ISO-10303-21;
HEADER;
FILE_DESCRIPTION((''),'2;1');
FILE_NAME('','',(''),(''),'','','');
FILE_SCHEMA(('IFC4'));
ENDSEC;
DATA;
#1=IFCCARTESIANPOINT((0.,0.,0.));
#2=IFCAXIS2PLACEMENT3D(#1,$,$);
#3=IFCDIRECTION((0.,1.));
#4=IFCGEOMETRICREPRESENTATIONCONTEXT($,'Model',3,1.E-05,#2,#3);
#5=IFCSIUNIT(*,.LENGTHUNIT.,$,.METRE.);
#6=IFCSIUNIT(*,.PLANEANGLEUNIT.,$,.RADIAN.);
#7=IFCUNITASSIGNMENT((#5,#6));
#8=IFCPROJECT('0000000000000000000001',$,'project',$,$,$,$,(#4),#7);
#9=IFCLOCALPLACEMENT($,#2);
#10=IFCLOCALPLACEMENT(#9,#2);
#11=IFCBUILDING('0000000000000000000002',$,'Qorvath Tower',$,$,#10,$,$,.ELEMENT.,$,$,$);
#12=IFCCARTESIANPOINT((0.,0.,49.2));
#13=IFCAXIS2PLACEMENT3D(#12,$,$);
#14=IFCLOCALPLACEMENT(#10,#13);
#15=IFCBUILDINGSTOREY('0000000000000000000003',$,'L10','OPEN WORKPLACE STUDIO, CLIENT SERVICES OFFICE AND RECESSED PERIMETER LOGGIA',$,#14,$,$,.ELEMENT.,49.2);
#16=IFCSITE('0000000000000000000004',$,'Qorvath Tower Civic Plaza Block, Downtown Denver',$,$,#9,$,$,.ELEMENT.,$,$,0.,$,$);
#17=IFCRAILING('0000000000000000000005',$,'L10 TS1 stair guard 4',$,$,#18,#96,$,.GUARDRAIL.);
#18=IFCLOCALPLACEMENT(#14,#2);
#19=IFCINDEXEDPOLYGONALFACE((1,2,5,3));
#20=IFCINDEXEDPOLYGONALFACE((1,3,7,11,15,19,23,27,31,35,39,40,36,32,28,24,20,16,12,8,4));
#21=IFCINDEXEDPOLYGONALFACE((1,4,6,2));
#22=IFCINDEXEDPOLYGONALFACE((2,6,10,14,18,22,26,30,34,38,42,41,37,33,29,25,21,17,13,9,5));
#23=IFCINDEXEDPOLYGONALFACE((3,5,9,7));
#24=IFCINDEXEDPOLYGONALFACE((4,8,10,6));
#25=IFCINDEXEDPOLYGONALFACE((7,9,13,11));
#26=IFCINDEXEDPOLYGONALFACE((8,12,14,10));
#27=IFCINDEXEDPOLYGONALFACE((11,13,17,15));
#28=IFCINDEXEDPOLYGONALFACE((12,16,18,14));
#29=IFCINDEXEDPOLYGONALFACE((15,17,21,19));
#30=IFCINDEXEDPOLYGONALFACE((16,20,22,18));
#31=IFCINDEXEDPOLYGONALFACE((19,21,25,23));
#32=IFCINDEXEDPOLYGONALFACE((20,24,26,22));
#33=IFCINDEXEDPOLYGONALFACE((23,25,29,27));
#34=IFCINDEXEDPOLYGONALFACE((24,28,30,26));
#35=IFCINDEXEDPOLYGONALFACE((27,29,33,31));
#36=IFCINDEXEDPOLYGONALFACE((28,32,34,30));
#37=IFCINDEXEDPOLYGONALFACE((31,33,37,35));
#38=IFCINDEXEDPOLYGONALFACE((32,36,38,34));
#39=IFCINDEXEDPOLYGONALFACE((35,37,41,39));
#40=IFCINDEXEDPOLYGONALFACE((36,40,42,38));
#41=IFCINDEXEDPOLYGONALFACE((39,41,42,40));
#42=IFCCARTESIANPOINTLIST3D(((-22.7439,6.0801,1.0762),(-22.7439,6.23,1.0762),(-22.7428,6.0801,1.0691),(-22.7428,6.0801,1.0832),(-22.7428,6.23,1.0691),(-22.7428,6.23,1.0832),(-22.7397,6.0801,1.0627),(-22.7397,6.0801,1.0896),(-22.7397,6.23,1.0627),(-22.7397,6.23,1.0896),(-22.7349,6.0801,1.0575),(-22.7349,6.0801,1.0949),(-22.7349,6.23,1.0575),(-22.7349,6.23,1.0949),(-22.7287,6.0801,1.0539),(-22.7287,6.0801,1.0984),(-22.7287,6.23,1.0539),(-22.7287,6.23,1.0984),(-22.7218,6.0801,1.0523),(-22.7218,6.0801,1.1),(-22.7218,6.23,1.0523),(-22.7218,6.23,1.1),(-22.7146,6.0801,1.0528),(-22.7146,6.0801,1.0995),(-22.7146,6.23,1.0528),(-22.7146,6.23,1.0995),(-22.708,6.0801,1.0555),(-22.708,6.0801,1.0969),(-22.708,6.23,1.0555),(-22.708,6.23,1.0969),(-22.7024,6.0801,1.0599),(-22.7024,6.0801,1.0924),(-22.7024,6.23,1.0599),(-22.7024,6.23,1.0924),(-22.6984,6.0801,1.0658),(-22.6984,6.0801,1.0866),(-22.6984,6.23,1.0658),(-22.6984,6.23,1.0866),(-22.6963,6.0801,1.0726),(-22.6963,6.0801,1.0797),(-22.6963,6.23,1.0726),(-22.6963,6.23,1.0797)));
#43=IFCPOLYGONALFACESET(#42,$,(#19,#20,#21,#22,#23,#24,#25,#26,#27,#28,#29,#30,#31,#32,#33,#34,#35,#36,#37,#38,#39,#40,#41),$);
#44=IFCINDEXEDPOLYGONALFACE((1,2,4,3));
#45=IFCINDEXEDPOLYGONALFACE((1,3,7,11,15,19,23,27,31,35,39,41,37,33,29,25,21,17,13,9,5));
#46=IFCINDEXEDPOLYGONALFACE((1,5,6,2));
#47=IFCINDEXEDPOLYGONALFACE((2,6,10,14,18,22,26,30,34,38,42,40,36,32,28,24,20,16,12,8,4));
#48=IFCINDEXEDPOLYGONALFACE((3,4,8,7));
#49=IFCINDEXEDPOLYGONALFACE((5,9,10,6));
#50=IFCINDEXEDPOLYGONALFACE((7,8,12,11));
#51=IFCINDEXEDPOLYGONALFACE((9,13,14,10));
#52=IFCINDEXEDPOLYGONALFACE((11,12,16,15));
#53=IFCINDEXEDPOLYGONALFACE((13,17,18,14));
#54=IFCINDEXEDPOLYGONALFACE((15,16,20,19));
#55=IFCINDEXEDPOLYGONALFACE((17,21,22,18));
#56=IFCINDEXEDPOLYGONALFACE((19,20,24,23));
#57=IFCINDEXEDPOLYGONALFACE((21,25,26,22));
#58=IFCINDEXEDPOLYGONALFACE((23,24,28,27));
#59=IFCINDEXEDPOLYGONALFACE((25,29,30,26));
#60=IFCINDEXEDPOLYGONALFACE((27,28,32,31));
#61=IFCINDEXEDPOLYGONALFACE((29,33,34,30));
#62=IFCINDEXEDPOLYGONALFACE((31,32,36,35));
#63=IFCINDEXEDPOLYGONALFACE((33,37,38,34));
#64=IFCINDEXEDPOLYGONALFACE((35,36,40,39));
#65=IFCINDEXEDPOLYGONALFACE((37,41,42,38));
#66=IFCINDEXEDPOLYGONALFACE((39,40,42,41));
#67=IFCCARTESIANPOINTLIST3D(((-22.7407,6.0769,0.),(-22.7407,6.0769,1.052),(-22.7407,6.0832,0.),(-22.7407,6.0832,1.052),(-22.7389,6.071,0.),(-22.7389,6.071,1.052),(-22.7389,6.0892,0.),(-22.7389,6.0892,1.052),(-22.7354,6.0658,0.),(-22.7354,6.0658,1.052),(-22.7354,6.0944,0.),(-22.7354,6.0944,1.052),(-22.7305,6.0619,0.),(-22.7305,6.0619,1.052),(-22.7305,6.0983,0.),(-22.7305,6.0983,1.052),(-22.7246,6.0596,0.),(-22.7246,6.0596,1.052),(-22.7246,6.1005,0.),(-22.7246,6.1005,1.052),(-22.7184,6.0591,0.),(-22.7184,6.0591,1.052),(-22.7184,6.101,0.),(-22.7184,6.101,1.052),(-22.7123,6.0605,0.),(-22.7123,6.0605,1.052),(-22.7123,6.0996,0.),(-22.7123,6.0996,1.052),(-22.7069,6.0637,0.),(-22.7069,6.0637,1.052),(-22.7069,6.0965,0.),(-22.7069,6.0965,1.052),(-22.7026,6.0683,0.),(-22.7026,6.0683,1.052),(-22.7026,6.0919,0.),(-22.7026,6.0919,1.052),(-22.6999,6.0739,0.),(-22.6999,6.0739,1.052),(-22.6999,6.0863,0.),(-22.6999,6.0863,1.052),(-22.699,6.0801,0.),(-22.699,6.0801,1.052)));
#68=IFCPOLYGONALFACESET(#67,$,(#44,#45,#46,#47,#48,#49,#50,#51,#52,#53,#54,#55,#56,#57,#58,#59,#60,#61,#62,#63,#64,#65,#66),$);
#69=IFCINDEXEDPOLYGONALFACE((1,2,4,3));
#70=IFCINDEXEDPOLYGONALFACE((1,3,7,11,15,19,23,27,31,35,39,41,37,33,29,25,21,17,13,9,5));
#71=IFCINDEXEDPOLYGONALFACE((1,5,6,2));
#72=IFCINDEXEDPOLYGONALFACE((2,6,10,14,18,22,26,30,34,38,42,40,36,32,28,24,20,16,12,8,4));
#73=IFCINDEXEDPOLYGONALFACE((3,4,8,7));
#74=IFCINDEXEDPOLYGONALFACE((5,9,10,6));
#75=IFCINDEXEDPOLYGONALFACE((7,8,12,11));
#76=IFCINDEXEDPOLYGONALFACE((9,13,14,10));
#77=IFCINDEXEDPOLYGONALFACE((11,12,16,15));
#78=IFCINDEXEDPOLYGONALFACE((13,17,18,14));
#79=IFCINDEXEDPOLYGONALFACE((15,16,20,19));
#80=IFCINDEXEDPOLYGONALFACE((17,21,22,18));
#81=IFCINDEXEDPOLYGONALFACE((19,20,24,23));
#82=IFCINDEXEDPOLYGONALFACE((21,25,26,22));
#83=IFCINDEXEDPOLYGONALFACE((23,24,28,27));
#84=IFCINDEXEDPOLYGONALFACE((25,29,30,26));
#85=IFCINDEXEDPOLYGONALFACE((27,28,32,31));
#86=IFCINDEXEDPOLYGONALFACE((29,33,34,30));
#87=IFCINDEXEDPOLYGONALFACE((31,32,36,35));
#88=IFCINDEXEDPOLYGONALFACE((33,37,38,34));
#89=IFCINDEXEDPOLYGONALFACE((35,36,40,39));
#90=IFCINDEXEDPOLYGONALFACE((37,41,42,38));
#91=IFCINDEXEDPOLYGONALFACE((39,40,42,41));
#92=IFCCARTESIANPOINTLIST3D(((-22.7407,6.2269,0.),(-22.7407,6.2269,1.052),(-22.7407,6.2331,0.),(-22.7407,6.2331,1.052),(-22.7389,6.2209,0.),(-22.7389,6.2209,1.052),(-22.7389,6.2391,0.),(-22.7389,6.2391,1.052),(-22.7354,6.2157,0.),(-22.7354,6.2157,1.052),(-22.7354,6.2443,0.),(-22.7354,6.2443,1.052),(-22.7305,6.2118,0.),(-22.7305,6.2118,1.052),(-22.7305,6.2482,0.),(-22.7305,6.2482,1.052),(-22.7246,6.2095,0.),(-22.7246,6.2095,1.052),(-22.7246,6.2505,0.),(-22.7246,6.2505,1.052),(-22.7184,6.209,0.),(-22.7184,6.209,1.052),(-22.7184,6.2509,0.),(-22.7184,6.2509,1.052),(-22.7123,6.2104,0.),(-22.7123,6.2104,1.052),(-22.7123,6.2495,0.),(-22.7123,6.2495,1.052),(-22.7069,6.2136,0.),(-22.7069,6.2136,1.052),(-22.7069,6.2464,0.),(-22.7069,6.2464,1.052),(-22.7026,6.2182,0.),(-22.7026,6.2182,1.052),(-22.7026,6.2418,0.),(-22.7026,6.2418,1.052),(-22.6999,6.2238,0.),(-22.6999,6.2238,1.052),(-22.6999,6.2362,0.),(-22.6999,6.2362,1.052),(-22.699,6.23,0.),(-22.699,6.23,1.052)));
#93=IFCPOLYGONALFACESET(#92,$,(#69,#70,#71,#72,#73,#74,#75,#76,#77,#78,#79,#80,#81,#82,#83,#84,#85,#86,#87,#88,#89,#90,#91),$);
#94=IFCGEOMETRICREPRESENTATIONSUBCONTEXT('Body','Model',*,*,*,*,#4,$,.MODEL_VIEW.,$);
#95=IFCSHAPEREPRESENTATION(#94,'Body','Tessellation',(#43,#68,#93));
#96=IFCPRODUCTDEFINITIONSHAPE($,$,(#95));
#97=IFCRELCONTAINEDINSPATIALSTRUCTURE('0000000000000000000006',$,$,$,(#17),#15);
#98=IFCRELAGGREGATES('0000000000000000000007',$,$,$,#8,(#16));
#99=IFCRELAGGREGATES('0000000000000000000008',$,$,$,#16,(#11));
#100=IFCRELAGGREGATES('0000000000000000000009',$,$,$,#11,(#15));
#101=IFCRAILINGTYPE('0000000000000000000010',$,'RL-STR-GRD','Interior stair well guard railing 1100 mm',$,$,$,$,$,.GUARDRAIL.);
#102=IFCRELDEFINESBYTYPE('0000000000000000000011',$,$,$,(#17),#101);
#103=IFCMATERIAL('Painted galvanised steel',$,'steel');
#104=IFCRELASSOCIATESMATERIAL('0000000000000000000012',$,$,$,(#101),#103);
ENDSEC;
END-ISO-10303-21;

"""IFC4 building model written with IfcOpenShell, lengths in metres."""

from ifc_helpers import new_model, si_unit, direction, frame, origin, origin_2d, place, context, subcontext, project, spatial, circle, extrude, material, type_object, element, save


model = new_model("IFC4")

# Units and contexts
model_context = context("Model", 3, precision=1e-05, world=origin(), true_north=direction((0.0, 1.0)))
body_context = subcontext(model_context, "Body", "Model", "MODEL_VIEW")
ifc_project = project(units=[si_unit("LENGTHUNIT", "METRE"), si_unit("PLANEANGLEUNIT", "RADIAN")], contexts=[model_context])

# Site, building, storey
site_placement = place(None, origin())
site = spatial("IfcSite", under=ifc_project, at=site_placement, Name="Qorvath Tower Civic Plaza Block, Downtown Denver", CompositionType="ELEMENT", RefElevation=0.0)
building_placement = place(site_placement, origin())
building = spatial("IfcBuilding", under=site, at=building_placement, Name="Qorvath Tower", CompositionType="ELEMENT")
storey_placement = place(building_placement, frame((0.0, 0.0, 49.2)))
storey = spatial("IfcBuildingStorey", under=building, at=storey_placement, Name="L10", Description="OPEN WORKPLACE STUDIO, CLIENT SERVICES OFFICE AND RECESSED PERIMETER LOGGIA", CompositionType="ELEMENT", Elevation=49.2)

# Railing
ifc_material_1 = material(Name="Painted galvanised steel", Category="steel")
railing_type_1 = type_object("IfcRailingType", Name="RL-STR-GRD", Description="Interior stair well guard railing 1100 mm", PredefinedType="GUARDRAIL", material=ifc_material_1)
railing_1_placement = place(storey_placement, frame((-22.72, 6.0801, 0.0)))
element("IfcRailing", 1, at=railing_1_placement, inside=storey, type_object=railing_type_1, Name="L10 TS1 stair guard 4", PredefinedType="GUARDRAIL", context=body_context, shape_type="SweptSolid", body=[
    extrude(circle(Radius=0.0239, at=origin_2d()), frame((0.0, 0.0, 1.0762), z_axis=(0.0, 1.0, 0.0), x_axis=(-1.0, 0.0, 0.0)), (0.0, 0.0, 1.0), 0.1499),
    extrude(circle(Radius=0.021, at=origin_2d()), origin(), (0.0, 0.0, 1.0), 1.052),
    extrude(circle(Radius=0.021, at=origin_2d()), frame((0.0, 0.1499, 0.0)), (0.0, 0.0, 1.0), 1.052),
])

save(model, "model.ifc")
